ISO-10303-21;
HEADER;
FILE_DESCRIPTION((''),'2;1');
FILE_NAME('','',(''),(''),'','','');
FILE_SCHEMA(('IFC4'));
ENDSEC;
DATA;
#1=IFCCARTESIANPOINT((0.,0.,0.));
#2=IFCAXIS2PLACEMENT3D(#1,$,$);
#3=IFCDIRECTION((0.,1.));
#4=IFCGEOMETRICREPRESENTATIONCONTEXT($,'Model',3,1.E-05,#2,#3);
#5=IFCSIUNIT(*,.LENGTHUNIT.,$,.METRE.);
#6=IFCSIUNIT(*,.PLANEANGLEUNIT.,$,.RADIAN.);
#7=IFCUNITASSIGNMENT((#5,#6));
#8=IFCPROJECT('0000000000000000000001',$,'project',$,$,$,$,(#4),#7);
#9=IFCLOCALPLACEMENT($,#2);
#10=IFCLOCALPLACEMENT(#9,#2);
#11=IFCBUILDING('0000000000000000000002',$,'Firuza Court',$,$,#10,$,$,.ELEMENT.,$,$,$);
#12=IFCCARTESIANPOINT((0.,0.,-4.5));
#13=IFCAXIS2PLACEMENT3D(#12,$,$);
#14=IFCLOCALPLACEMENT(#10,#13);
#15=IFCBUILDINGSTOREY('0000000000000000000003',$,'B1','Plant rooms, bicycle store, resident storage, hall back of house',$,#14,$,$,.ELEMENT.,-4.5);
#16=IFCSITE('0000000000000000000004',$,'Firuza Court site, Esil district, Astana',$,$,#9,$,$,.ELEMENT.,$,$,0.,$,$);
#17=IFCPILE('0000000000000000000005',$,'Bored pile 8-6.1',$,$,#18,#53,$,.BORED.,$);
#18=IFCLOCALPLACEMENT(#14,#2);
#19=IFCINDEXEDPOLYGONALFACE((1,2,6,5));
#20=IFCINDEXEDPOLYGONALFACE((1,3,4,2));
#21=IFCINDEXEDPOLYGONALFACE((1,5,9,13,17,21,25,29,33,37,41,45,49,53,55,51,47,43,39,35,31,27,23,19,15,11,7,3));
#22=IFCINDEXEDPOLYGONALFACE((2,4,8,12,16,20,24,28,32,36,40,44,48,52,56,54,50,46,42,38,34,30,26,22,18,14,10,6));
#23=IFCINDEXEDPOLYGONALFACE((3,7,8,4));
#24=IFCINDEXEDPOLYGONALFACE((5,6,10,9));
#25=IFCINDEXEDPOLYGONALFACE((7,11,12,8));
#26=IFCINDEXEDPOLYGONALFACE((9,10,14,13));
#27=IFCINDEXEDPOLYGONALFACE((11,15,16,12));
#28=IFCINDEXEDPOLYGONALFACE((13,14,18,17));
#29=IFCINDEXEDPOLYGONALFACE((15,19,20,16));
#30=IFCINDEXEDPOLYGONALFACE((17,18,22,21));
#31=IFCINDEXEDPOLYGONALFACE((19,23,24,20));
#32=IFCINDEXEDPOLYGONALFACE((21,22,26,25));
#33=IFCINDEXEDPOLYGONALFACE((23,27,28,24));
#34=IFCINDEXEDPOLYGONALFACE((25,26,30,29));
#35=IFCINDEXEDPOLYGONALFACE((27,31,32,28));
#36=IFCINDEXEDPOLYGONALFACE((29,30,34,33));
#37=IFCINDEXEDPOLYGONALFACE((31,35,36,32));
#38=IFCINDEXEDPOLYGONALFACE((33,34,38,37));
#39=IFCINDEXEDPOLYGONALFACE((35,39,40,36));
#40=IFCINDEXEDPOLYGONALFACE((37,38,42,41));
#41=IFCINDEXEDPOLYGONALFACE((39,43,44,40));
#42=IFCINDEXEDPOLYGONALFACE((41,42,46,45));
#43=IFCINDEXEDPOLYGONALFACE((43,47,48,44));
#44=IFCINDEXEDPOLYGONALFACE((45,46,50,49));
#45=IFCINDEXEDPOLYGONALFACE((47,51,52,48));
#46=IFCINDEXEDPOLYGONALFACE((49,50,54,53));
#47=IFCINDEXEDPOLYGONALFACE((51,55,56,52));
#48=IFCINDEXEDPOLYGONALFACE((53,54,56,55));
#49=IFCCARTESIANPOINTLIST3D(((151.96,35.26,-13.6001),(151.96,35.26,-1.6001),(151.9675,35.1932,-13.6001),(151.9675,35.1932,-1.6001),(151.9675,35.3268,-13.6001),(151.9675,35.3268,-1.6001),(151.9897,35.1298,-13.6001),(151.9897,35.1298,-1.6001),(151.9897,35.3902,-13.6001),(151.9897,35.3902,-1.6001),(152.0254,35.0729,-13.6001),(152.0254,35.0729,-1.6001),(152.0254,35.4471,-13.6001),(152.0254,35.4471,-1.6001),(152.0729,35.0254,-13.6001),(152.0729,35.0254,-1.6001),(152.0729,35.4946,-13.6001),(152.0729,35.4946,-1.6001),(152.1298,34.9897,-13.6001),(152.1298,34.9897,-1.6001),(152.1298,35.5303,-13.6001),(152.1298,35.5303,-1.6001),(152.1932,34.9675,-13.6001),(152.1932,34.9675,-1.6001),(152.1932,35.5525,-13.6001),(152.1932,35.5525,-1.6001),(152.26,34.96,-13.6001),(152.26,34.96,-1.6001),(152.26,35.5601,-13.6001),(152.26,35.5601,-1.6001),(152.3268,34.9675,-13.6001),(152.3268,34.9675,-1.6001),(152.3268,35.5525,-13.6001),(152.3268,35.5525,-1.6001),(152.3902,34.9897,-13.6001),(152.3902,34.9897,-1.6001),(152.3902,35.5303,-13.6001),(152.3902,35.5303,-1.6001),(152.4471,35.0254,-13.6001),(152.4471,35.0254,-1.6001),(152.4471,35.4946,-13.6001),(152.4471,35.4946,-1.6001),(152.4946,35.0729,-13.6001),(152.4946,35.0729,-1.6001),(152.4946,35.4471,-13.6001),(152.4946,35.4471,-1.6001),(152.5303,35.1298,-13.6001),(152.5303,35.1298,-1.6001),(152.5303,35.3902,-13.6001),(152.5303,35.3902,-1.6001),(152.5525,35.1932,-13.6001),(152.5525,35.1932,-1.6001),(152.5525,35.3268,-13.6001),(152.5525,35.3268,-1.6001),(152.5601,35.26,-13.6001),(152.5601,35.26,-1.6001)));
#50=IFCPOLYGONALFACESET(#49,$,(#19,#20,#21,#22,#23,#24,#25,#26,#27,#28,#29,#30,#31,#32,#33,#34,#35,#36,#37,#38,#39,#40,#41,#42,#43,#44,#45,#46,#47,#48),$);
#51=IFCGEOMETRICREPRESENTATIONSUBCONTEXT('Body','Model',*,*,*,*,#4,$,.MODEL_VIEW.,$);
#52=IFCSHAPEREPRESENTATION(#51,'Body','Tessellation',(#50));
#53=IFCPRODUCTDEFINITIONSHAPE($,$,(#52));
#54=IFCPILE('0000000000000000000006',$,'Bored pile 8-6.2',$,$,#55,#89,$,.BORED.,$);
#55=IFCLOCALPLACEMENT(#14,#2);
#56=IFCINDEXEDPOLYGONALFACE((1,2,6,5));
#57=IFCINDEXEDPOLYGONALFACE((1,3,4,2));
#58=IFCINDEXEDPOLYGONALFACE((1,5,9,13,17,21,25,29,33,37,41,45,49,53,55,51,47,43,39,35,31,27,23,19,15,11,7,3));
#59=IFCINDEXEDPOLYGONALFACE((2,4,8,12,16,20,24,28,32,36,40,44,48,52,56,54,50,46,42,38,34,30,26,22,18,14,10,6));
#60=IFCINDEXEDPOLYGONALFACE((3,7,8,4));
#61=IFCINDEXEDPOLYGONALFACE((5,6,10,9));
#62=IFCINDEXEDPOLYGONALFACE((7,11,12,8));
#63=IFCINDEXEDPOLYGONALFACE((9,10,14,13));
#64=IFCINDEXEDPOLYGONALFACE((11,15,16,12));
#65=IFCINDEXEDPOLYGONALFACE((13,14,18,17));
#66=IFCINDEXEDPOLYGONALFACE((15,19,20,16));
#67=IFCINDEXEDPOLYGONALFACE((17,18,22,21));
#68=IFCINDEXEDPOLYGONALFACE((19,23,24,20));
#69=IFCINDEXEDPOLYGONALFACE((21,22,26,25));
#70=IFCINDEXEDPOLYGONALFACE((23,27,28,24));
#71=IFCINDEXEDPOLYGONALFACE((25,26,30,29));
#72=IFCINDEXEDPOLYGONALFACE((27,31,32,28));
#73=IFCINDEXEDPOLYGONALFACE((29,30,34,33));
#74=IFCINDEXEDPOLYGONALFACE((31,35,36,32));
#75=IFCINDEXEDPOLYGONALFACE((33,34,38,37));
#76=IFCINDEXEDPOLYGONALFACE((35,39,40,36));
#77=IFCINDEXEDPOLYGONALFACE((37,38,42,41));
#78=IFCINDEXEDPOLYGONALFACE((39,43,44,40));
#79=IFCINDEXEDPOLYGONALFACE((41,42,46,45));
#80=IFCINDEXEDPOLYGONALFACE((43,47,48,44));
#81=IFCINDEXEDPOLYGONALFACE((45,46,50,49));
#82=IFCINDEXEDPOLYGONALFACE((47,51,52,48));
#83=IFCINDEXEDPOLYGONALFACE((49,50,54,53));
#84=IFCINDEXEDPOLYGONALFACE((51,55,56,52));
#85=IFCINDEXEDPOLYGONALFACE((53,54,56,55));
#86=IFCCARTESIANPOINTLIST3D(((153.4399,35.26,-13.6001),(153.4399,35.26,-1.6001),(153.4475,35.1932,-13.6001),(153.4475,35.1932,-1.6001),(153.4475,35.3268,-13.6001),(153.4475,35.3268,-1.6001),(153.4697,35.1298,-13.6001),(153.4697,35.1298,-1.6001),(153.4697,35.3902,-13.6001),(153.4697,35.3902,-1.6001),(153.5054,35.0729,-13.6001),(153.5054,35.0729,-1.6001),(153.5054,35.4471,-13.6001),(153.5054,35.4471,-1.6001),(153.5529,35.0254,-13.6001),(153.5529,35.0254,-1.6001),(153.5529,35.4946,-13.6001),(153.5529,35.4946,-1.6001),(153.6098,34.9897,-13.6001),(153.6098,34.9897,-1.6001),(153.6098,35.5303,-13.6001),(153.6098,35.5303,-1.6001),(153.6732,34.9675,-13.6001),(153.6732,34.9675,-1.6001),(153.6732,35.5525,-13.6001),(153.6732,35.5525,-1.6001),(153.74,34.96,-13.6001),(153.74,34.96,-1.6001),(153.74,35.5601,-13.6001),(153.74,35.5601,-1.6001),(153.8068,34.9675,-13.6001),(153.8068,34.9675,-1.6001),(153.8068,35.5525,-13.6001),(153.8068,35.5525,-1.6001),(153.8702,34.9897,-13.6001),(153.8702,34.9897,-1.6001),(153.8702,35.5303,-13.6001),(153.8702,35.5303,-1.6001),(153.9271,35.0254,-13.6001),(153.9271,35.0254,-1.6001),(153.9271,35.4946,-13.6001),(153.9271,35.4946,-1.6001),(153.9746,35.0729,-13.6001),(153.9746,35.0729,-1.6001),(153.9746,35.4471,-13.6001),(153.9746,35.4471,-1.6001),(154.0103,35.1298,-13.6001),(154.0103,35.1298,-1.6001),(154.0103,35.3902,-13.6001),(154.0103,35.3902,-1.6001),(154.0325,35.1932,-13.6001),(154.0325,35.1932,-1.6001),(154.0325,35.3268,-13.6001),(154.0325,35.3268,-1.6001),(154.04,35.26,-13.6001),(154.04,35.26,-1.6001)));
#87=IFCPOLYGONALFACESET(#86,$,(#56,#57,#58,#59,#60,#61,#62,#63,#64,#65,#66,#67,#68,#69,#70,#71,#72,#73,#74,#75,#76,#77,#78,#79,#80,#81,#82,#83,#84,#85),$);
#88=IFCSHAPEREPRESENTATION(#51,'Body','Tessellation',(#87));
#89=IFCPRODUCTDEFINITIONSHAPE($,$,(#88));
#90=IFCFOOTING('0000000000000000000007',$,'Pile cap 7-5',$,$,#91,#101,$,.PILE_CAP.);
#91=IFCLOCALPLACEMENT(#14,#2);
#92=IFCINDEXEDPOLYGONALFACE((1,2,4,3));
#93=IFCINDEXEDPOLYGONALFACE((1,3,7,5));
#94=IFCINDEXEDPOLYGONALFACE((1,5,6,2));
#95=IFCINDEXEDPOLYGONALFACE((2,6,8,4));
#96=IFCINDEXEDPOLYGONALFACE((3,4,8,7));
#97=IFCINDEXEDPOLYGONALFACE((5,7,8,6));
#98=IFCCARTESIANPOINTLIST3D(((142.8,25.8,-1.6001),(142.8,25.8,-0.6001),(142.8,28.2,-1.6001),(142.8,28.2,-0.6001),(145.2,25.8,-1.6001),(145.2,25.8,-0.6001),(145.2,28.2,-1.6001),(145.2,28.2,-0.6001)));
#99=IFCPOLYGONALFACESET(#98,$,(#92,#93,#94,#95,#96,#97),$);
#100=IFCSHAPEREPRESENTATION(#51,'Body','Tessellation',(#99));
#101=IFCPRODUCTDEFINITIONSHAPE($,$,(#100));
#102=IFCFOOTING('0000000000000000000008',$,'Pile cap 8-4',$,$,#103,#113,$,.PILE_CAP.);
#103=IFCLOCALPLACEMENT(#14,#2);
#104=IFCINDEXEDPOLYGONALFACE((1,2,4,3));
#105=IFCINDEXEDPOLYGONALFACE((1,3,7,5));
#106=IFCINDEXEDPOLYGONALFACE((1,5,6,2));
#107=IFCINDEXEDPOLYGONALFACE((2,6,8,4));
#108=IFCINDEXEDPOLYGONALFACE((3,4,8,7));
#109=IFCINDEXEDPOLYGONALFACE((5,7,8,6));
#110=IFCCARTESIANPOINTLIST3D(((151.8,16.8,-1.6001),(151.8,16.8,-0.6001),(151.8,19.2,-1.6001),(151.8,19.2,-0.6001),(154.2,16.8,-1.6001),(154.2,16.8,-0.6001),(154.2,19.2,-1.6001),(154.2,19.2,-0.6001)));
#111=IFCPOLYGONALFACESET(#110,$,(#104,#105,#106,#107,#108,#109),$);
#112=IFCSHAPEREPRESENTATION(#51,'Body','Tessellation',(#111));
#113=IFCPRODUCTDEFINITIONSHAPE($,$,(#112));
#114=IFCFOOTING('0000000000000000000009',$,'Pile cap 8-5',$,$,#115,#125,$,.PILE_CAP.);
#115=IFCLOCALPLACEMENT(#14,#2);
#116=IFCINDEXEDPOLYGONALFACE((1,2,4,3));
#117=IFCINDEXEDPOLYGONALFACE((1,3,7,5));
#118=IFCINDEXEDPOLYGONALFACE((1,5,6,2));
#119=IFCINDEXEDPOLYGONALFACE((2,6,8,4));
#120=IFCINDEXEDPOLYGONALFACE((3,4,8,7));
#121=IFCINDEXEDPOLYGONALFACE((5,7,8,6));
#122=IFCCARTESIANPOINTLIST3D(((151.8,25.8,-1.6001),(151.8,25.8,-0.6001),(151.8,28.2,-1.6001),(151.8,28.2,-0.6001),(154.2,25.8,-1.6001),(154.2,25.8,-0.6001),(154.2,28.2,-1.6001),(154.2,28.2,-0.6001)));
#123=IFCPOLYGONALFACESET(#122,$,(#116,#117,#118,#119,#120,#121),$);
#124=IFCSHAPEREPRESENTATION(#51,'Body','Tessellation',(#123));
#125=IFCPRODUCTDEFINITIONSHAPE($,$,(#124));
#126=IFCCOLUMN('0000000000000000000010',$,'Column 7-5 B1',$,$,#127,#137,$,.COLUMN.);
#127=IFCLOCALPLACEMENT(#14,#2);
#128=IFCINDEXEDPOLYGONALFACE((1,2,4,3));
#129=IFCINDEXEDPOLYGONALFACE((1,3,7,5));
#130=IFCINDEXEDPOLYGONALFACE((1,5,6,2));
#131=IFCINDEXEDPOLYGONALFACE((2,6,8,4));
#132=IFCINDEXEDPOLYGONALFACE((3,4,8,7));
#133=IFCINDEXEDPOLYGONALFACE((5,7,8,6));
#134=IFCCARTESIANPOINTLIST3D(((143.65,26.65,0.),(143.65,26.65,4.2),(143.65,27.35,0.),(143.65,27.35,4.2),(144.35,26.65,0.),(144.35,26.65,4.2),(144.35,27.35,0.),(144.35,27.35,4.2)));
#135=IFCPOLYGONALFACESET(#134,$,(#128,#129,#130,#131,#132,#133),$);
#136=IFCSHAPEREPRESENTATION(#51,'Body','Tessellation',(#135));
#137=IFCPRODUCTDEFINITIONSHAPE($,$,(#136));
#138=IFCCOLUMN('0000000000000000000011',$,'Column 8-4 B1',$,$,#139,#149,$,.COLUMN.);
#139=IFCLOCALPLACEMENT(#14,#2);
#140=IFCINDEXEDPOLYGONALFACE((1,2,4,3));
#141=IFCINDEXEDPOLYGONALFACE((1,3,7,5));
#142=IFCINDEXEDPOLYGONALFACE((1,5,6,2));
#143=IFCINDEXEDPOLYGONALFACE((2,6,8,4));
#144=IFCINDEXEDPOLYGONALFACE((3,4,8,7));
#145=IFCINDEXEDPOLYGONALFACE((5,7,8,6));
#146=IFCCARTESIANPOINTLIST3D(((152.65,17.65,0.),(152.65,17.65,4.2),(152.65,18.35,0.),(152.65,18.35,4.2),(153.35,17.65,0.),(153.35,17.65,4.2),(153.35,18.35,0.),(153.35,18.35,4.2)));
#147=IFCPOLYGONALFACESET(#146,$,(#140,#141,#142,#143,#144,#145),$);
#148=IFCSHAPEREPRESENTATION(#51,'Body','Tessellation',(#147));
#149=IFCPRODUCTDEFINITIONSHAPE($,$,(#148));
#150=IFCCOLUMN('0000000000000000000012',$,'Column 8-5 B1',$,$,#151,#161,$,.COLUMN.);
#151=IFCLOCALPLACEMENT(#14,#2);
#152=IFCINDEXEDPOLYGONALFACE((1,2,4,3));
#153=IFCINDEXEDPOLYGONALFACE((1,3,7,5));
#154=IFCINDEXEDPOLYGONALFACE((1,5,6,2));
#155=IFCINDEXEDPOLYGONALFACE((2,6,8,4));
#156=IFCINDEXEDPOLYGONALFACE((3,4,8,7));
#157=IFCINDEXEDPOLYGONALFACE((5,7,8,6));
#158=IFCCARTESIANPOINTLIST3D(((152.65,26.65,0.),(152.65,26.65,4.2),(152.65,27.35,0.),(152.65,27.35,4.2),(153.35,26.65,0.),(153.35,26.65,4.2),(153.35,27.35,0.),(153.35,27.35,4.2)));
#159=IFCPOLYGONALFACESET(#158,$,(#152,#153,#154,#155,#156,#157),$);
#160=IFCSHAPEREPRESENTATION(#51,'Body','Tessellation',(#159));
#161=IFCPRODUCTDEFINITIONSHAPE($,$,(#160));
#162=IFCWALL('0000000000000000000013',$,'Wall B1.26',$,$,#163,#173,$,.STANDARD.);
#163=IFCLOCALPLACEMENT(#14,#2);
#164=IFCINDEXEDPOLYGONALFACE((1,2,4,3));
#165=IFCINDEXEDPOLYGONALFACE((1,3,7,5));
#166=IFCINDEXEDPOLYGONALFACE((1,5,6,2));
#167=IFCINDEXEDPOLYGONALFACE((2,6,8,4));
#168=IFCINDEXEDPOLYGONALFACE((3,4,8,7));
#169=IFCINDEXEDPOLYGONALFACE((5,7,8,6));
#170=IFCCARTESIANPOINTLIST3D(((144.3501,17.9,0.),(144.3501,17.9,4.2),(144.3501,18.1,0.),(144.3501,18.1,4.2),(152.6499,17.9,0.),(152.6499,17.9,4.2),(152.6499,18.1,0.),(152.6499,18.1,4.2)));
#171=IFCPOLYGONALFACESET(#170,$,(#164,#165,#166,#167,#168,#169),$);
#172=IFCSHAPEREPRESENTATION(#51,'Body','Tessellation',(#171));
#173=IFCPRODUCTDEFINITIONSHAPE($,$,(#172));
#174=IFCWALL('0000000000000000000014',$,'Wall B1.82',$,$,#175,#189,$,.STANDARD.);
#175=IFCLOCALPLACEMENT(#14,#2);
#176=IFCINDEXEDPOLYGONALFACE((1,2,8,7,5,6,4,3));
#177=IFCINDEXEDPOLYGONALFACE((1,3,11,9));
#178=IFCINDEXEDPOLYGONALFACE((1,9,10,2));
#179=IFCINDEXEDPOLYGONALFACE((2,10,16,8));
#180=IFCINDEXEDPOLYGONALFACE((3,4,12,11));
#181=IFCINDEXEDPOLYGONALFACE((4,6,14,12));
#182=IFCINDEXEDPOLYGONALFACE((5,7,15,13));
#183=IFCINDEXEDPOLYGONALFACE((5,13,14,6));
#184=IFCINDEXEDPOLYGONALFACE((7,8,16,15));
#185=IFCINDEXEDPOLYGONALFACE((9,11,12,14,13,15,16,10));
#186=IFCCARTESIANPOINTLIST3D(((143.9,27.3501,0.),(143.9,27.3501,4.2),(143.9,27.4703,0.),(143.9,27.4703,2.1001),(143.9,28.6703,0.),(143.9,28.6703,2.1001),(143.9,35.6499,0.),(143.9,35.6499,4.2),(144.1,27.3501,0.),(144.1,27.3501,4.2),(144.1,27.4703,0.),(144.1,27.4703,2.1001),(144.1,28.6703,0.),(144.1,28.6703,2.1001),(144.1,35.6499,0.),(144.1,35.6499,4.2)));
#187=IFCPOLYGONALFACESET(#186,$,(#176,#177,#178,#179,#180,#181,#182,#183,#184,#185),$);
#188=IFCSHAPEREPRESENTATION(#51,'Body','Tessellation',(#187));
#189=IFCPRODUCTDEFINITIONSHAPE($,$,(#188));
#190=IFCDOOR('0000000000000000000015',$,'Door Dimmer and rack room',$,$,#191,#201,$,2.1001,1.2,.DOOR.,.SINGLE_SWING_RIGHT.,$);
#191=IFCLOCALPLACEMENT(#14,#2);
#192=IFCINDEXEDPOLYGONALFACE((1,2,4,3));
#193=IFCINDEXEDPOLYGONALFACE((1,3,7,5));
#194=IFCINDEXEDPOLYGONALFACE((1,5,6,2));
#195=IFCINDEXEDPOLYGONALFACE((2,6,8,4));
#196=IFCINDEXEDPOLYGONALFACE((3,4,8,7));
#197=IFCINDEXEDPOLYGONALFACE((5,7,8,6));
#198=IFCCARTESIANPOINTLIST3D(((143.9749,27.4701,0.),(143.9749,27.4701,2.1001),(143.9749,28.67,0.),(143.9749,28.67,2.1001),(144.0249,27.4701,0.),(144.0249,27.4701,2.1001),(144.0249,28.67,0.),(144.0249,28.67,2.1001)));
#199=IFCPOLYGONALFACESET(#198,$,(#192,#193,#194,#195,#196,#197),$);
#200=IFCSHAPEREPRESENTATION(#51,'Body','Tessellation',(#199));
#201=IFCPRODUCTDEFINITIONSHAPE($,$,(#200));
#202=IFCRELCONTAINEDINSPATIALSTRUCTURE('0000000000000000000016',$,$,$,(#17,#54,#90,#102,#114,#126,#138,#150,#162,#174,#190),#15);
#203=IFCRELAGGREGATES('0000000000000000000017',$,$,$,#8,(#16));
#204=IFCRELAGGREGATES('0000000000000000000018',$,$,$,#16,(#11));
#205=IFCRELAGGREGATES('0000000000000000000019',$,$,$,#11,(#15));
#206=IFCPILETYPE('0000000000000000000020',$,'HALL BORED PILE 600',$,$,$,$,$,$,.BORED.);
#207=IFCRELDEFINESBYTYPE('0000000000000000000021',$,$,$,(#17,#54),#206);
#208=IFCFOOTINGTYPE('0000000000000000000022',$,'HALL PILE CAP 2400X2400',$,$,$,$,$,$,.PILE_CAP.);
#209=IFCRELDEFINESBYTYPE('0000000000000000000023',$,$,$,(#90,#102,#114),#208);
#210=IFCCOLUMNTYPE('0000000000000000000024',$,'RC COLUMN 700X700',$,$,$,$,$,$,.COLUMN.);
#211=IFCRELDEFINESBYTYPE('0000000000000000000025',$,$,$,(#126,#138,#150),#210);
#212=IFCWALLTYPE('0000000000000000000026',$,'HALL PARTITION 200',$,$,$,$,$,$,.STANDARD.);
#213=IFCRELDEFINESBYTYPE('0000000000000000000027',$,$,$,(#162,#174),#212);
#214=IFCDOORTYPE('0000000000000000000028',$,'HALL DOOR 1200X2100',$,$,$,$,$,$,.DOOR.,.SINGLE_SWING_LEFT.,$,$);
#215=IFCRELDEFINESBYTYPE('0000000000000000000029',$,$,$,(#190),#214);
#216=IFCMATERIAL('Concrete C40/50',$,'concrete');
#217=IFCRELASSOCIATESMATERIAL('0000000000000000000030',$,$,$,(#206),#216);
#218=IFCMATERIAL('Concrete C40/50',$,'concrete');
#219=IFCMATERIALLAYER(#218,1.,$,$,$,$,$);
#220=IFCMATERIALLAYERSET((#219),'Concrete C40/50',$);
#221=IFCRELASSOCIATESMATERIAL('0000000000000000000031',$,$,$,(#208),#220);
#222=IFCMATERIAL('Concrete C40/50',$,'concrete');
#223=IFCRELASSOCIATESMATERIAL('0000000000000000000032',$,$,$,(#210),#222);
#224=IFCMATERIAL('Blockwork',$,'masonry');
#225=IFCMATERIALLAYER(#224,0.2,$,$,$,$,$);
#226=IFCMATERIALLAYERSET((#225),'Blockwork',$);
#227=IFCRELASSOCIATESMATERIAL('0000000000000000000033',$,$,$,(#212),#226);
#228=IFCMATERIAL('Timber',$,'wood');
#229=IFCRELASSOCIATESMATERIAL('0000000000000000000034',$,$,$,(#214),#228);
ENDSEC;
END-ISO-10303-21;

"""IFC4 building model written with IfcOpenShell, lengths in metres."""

from ifc_helpers import new_model, si_unit, direction, frame, frame_2d, origin, origin_2d, place, context, subcontext, project, spatial, rectangle, circle, extrude, material, layer, layer_set, material_profile, profile_set, type_object, element, fill, save


model = new_model("IFC4")

# Units and contexts
model_context = context("Model", 3, precision=1e-05, world=origin(), true_north=direction((0.0, 1.0)))
body_context = subcontext(model_context, "Body", "Model", "MODEL_VIEW")
ifc_project = project(units=[si_unit("LENGTHUNIT", "METRE"), si_unit("PLANEANGLEUNIT", "RADIAN")], contexts=[model_context])

# Site, building, storey
site_placement = place(None, origin())
site = spatial("IfcSite", under=ifc_project, at=site_placement, Name="Firuza Court site, Esil district, Astana", CompositionType="ELEMENT", RefElevation=0.0)
building_placement = place(site_placement, origin())
building = spatial("IfcBuilding", under=site, at=building_placement, Name="Firuza Court", CompositionType="ELEMENT")
storey_placement = place(building_placement, frame((0.0, 0.0, -4.5)))
storey = spatial("IfcBuildingStorey", under=building, at=storey_placement, Name="B1", Description="Plant rooms, bicycle store, resident storage, hall back of house", CompositionType="ELEMENT", Elevation=-4.5)

# Piles
ifc_material_1 = material(Name="Concrete C40/50", Category="concrete")
ifc_material_profile_1 = material_profile(ifc_material_1, circle(Radius=0.3, at=origin_2d()), Name="PILE 600")
ifc_profile_set_1 = profile_set([ifc_material_profile_1], Name="Concrete C40/50")
pile_type = type_object("IfcPileType", Name="HALL BORED PILE 600", PredefinedType="BORED", material=ifc_profile_set_1)
for number, where, z_axis, x_axis, name in (
    (1, (152.26, 35.26, -1.6001), (0.0, 0.0, -1.0), (1.0, 0.0, 0.0), "Bored pile 8-6.1"),
    (2, (153.74, 35.26, -1.6001), (0.0, 0.0, -1.0), (1.0, 0.0, 0.0), "Bored pile 8-6.2"),
):
    element("IfcPile", number, at=place(storey_placement, frame(where, z_axis=z_axis, x_axis=x_axis)), inside=storey, type_object=pile_type, Name=name, PredefinedType="BORED", context=body_context, shape_type="SweptSolid", body=[
        extrude(circle(Radius=0.3, at=origin_2d()), origin(), (0.0, 0.0, 1.0), 12.0),
    ])

# Footings
ifc_material_2 = material(Name="Concrete C40/50", Category="concrete")
ifc_layer_1 = layer(ifc_material_2, 1.0)
ifc_layer_set_1 = layer_set([ifc_layer_1], Name="Concrete C40/50")
footing_type = type_object("IfcFootingType", Name="HALL PILE CAP 2400X2400", PredefinedType="PILE_CAP", material=ifc_layer_set_1)
for number, where, z_axis, x_axis, name in (
    (3, (144.0, 27.0, -1.6001), (0.0, 0.0, 1.0), (1.0, 0.0, 0.0), "Pile cap 7-5"),
    (4, (153.0, 18.0, -1.6001), (0.0, 0.0, 1.0), (1.0, 0.0, 0.0), "Pile cap 8-4"),
    (5, (153.0, 27.0, -1.6001), (0.0, 0.0, 1.0), (1.0, 0.0, 0.0), "Pile cap 8-5"),
):
    element("IfcFooting", number, at=place(storey_placement, frame(where, z_axis=z_axis, x_axis=x_axis)), inside=storey, type_object=footing_type, Name=name, PredefinedType="PILE_CAP", context=body_context, shape_type="SweptSolid", body=[
        extrude(rectangle(XDim=2.3999, YDim=2.3999, at=origin_2d()), origin(), (0.0, 0.0, 1.0), 1.0),
    ])

# Columns
ifc_material_3 = material(Name="Concrete C40/50", Category="concrete")
ifc_material_profile_2 = material_profile(ifc_material_3, rectangle(XDim=0.7, YDim=0.7, at=origin_2d()), Name="RC 700X700")
ifc_profile_set_2 = profile_set([ifc_material_profile_2], Name="Concrete C40/50")
column_type = type_object("IfcColumnType", Name="RC COLUMN 700X700", PredefinedType="COLUMN", material=ifc_profile_set_2)
for number, where, z_axis, x_axis, name in (
    (6, (144.0, 27.0, 0.0), (0.0, 0.0, 1.0), (1.0, 0.0, 0.0), "Column 7-5 B1"),
    (7, (153.0, 18.0, 0.0), (0.0, 0.0, 1.0), (1.0, 0.0, 0.0), "Column 8-4 B1"),
    (8, (153.0, 27.0, 0.0), (0.0, 0.0, 1.0), (1.0, 0.0, 0.0), "Column 8-5 B1"),
):
    element("IfcColumn", number, at=place(storey_placement, frame(where, z_axis=z_axis, x_axis=x_axis)), inside=storey, type_object=column_type, Name=name, PredefinedType="COLUMN", context=body_context, shape_type="SweptSolid", body=[
        extrude(rectangle(XDim=0.7, YDim=0.7, at=origin_2d()), origin(), (0.0, 0.0, 1.0), 4.2),
    ])

# Wall
ifc_material_4 = material(Name="Blockwork", Category="masonry")
ifc_layer_2 = layer(ifc_material_4, 0.2)
ifc_layer_set_2 = layer_set([ifc_layer_2], Name="Blockwork")
wall_type_1 = type_object("IfcWallType", Name="HALL PARTITION 200", PredefinedType="STANDARD", material=ifc_layer_set_2)
wall_1_placement = place(storey_placement, frame((144.3501, 18.0, 0.0), z_axis=(0.0, 0.0, 1.0), x_axis=(1.0, 0.0, 0.0)))
element("IfcWall", 9, at=wall_1_placement, inside=storey, type_object=wall_type_1, Name="Wall B1.26", PredefinedType="STANDARD", context=body_context, shape_type="SweptSolid", body=[
    extrude(rectangle(XDim=8.2998, YDim=0.2, at=frame_2d((4.1499, 0.0))), origin(), (0.0, 0.0, 1.0), 4.2),
])

# Wall, opening, door
wall_2_placement = place(storey_placement, frame((144.0, 27.3501, 0.0), z_axis=(0.0, 0.0, 1.0), x_axis=(0.0, 1.0, 0.0)))
wall_2 = element("IfcWall", 10, at=wall_2_placement, inside=storey, type_object=wall_type_1, Name="Wall B1.82", PredefinedType="STANDARD", context=body_context, shape_type="SweptSolid", body=[
    extrude(rectangle(XDim=8.2998, YDim=0.2, at=frame_2d((4.1499, 0.0))), origin(), (0.0, 0.0, 1.0), 4.2),
])
opening_placement = place(wall_2_placement, frame((0.1201, 0.0, 0.0)))
opening = element("IfcOpeningElement", 11, at=opening_placement, cuts=wall_2, PredefinedType="OPENING", context=body_context, shape_type="SweptSolid", body=[
    extrude(rectangle(XDim=1.2, YDim=2.1001, at=frame_2d((0.6001, 1.05))), frame((0.0, 0.1118, 0.0), z_axis=(0.0, -1.0, 0.0), x_axis=(1.0, 0.0, 0.0)), (0.0, 0.0, 1.0), 0.2239),
])
ifc_material_5 = material(Name="Timber", Category="wood")
door_type = type_object("IfcDoorType", Name="HALL DOOR 1200X2100", OperationType="SINGLE_SWING_LEFT", PredefinedType="DOOR", material=ifc_material_5)
door_placement = place(opening_placement, frame((1.2, 0.0, 0.0), z_axis=(0.0, 0.0, 1.0), x_axis=(-1.0, 0.0, 0.0)))
door = element("IfcDoor", 12, at=door_placement, inside=storey, type_object=door_type, Name="Door Dimmer and rack room", OperationType="SINGLE_SWING_RIGHT", OverallHeight=2.1001, OverallWidth=1.2, PredefinedType="DOOR", context=body_context, shape_type="SweptSolid", body=[
    extrude(rectangle(XDim=1.2, YDim=2.1001, at=frame_2d((0.6001, 1.05))), frame((0.0, 0.0249, 0.0), z_axis=(0.0, -1.0, 0.0), x_axis=(1.0, 0.0, 0.0)), (0.0, 0.0, 1.0), 0.05),
])
fill(opening, door)

save(model, "model.ifc")
